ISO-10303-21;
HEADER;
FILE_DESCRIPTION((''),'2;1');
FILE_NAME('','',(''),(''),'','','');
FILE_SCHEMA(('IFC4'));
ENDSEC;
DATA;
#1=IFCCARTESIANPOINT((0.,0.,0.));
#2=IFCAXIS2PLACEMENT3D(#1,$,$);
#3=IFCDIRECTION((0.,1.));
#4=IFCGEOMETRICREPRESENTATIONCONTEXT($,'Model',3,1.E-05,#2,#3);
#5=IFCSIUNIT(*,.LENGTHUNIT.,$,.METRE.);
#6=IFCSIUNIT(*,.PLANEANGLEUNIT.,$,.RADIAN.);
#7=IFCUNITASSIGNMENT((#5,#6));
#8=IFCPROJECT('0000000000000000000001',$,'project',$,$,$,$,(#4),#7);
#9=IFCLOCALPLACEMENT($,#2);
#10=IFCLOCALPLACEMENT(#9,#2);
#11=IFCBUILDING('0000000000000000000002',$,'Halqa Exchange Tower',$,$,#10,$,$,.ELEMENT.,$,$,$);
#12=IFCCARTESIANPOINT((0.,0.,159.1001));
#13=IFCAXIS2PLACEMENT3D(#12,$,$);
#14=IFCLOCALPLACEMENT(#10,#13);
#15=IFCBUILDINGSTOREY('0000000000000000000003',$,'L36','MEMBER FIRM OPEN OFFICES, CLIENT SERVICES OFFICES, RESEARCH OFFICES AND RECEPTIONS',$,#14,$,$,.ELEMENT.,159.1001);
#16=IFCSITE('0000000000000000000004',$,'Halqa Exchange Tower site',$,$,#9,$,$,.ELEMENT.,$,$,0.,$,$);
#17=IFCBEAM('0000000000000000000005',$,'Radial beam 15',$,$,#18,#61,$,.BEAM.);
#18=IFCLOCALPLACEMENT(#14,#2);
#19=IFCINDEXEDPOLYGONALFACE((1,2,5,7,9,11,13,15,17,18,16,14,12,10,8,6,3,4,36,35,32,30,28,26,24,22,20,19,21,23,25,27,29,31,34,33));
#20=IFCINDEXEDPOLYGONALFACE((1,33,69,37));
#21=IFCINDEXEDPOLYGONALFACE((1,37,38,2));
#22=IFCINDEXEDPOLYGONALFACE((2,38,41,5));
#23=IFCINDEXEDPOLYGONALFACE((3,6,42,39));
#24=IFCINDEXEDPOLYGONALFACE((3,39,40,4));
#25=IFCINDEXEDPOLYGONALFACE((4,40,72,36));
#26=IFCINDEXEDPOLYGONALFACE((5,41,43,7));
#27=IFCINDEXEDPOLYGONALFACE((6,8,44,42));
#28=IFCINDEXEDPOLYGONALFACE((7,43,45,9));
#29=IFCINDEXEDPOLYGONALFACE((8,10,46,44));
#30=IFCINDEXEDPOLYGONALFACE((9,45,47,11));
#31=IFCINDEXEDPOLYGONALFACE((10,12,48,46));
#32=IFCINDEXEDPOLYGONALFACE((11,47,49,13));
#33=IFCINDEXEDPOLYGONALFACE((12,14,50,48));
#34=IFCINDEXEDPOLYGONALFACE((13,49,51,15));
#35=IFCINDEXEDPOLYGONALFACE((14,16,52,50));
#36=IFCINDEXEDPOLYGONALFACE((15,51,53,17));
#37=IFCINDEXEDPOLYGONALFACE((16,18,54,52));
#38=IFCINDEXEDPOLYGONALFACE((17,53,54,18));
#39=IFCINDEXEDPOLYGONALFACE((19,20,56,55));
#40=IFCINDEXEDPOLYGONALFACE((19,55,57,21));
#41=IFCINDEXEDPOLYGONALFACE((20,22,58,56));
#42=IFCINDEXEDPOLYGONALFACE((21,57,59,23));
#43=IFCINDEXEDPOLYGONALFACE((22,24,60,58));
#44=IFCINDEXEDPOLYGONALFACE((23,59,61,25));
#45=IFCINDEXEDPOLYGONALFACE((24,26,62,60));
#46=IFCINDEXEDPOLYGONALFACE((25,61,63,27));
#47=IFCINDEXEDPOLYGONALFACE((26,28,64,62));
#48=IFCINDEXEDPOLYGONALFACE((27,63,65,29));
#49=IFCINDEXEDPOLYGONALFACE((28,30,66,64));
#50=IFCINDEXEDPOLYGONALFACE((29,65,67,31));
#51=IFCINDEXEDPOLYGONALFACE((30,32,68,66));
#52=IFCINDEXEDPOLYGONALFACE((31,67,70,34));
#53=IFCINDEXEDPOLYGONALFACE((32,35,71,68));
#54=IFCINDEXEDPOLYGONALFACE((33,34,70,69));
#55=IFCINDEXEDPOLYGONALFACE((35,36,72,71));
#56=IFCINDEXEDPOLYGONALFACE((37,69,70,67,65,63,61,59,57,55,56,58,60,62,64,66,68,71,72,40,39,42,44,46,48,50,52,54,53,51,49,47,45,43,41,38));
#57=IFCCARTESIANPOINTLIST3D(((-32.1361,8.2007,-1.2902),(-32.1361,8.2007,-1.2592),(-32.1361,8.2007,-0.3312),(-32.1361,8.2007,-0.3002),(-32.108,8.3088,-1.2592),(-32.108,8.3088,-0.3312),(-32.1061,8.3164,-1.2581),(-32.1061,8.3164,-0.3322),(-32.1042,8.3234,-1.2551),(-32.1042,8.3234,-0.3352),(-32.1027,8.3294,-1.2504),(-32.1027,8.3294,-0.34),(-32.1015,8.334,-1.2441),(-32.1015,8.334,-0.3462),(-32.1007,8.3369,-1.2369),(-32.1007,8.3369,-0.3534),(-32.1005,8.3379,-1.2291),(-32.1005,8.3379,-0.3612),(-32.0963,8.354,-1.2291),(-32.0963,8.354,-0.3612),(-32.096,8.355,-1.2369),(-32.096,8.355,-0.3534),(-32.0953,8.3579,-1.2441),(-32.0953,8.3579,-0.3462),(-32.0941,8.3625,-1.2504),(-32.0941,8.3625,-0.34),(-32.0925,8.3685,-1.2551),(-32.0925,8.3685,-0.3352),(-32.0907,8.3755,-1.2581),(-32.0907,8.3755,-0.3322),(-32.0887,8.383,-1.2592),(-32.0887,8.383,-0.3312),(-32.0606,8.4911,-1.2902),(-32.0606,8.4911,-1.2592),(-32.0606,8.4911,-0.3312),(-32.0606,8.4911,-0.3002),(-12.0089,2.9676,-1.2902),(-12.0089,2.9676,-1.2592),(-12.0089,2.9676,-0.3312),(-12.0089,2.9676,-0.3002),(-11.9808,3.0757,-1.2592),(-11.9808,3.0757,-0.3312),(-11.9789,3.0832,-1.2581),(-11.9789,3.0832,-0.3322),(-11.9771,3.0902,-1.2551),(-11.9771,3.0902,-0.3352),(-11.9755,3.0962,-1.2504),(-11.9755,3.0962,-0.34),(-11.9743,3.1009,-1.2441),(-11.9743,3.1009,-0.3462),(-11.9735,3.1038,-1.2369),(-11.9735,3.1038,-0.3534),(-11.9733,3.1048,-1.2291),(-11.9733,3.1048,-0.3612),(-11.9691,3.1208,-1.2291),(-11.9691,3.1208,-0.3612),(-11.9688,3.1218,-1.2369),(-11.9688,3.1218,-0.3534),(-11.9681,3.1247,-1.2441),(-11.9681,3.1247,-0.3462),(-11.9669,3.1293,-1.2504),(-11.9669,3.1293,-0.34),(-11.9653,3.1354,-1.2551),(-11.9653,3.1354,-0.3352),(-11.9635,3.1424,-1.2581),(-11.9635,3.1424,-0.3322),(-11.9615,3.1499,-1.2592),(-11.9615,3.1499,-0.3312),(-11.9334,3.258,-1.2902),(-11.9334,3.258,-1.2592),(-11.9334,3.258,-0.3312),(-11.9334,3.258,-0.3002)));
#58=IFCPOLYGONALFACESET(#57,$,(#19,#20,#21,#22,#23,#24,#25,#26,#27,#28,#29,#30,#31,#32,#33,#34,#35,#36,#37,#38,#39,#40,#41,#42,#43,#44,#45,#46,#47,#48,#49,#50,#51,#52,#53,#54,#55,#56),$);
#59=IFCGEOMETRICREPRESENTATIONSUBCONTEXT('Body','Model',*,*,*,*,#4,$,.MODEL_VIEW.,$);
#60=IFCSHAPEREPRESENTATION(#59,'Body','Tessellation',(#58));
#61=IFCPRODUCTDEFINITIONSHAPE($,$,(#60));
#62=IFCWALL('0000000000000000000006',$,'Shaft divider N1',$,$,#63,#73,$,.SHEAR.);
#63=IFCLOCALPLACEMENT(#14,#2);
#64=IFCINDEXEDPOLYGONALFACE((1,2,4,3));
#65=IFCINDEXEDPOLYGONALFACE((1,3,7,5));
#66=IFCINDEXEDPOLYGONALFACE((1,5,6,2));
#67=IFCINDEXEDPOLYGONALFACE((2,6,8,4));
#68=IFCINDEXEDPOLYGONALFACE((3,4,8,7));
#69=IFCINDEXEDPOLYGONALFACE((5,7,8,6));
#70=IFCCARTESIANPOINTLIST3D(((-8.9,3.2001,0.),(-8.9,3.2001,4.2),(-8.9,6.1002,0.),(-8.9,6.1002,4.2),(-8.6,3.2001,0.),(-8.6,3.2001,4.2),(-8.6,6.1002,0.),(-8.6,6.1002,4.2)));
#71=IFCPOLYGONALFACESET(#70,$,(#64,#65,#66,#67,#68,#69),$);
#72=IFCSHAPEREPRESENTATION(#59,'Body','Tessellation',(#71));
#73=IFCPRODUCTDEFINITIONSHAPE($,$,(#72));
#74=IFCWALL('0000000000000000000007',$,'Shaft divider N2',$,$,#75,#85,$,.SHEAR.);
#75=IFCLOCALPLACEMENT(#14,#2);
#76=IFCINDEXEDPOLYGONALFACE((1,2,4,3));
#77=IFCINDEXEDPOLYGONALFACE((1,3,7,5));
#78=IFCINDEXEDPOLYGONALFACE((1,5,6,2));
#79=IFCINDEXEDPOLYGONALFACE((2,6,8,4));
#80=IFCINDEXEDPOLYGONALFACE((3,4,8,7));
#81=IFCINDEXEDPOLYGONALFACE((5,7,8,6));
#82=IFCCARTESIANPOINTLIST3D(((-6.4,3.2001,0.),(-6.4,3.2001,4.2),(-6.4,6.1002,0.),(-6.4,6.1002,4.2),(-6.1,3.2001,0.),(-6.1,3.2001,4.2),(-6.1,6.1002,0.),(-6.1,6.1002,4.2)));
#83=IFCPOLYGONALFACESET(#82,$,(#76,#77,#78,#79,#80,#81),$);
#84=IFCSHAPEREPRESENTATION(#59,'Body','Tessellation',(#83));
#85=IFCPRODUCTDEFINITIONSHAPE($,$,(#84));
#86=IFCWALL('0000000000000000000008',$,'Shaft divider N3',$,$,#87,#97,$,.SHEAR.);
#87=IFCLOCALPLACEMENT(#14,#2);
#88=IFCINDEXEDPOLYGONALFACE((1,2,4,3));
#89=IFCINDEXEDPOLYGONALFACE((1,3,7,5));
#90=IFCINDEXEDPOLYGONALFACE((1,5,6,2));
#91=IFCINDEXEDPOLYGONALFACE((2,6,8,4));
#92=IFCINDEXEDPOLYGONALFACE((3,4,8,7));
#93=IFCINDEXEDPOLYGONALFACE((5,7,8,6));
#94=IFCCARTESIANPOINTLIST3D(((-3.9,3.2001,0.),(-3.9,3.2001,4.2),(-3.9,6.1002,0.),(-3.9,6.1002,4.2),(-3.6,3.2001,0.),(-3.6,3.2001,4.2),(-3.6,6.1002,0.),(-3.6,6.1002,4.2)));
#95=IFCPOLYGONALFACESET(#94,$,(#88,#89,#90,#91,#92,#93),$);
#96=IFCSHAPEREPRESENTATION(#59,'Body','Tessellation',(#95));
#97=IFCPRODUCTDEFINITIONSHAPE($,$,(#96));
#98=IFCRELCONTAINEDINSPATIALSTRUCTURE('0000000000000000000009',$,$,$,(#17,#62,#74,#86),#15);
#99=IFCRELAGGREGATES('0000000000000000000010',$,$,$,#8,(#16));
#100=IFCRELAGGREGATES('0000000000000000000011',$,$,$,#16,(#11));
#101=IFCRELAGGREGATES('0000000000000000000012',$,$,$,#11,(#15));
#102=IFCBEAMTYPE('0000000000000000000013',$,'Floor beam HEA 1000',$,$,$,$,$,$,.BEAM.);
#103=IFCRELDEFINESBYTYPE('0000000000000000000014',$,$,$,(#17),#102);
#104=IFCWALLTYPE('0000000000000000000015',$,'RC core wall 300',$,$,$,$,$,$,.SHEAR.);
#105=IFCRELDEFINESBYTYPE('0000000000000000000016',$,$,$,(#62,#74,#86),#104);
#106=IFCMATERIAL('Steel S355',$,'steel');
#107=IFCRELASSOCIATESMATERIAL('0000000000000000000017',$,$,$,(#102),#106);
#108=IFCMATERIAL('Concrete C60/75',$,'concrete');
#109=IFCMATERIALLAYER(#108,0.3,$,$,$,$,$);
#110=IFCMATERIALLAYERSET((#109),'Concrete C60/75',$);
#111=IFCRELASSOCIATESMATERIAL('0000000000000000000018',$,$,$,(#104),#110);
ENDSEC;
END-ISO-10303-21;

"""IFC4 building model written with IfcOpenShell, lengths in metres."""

from ifc_helpers import new_model, si_unit, direction, frame, frame_2d, origin, origin_2d, place, context, subcontext, project, spatial, rectangle, i_section, extrude, material, layer, layer_set, material_profile, profile_set, type_object, element, save


model = new_model("IFC4")

# Units and contexts
model_context = context("Model", 3, precision=1e-05, world=origin(), true_north=direction((0.0, 1.0)))
body_context = subcontext(model_context, "Body", "Model", "MODEL_VIEW")
ifc_project = project(units=[si_unit("LENGTHUNIT", "METRE"), si_unit("PLANEANGLEUNIT", "RADIAN")], contexts=[model_context])

# Site, building, storey
site_placement = place(None, origin())
site = spatial("IfcSite", under=ifc_project, at=site_placement, Name="Halqa Exchange Tower site", CompositionType="ELEMENT", RefElevation=0.0)
building_placement = place(site_placement, origin())
building = spatial("IfcBuilding", under=site, at=building_placement, Name="Halqa Exchange Tower", CompositionType="ELEMENT")
storey_placement = place(building_placement, frame((0.0, 0.0, 159.1001)))
storey = spatial("IfcBuildingStorey", under=building, at=storey_placement, Name="L36", Description="MEMBER FIRM OPEN OFFICES, CLIENT SERVICES OFFICES, RESEARCH OFFICES AND RECEPTIONS", CompositionType="ELEMENT", Elevation=159.1001)

# Beam
ifc_material_1 = material(Name="Steel S355", Category="steel")
ifc_material_profile = material_profile(ifc_material_1, i_section(OverallWidth=0.3, OverallDepth=0.99, WebThickness=0.0166, FlangeThickness=0.031, FilletRadius=0.03, at=origin_2d()), Name="HEA 1000")
ifc_profile_set = profile_set([ifc_material_profile], Name="Steel S355")
beam_type = type_object("IfcBeamType", Name="Floor beam HEA 1000", PredefinedType="BEAM", material=ifc_profile_set)
beam_placement = place(storey_placement, frame((-11.9712, 3.1128, -0.7952), z_axis=(-0.967822, 0.251638, 0.0), x_axis=(-0.251638, -0.967822, 0.0)))
element("IfcBeam", 1, at=beam_placement, inside=storey, type_object=beam_type, Name="Radial beam 15", PredefinedType="BEAM", context=body_context, shape_type="SweptSolid", body=[
    extrude(i_section(OverallWidth=0.3, OverallDepth=0.99, WebThickness=0.0166, FlangeThickness=0.031, FilletRadius=0.03, at=origin_2d()), origin(), (0.0, 0.0, 1.0), 20.7964),
])

# Walls
ifc_material_2 = material(Name="Concrete C60/75", Category="concrete")
ifc_layer_1 = layer(ifc_material_2, 0.3)
ifc_layer_set_1 = layer_set([ifc_layer_1], Name="Concrete C60/75")
wall_type_1 = type_object("IfcWallType", Name="RC core wall 300", PredefinedType="SHEAR", material=ifc_layer_set_1)
for number, where, z_axis, x_axis, name in (
    (2, (-8.75, 3.2, 0.0), (0.0, 0.0, 1.0), (0.0, 1.0, 0.0), "Shaft divider N1"),
    (3, (-6.25, 3.2, 0.0), (0.0, 0.0, 1.0), (0.0, 1.0, 0.0), "Shaft divider N2"),
    (4, (-3.75, 3.2, 0.0), (0.0, 0.0, 1.0), (0.0, 1.0, 0.0), "Shaft divider N3"),
):
    element("IfcWall", number, at=place(storey_placement, frame(where, z_axis=z_axis, x_axis=x_axis)), inside=storey, type_object=wall_type_1, Name=name, PredefinedType="SHEAR", context=body_context, shape_type="SweptSolid", body=[
        extrude(rectangle(XDim=2.9001, YDim=0.3, at=frame_2d((1.4502, 0.0))), origin(), (0.0, 0.0, 1.0), 4.2),
    ])

save(model, "model.ifc")
